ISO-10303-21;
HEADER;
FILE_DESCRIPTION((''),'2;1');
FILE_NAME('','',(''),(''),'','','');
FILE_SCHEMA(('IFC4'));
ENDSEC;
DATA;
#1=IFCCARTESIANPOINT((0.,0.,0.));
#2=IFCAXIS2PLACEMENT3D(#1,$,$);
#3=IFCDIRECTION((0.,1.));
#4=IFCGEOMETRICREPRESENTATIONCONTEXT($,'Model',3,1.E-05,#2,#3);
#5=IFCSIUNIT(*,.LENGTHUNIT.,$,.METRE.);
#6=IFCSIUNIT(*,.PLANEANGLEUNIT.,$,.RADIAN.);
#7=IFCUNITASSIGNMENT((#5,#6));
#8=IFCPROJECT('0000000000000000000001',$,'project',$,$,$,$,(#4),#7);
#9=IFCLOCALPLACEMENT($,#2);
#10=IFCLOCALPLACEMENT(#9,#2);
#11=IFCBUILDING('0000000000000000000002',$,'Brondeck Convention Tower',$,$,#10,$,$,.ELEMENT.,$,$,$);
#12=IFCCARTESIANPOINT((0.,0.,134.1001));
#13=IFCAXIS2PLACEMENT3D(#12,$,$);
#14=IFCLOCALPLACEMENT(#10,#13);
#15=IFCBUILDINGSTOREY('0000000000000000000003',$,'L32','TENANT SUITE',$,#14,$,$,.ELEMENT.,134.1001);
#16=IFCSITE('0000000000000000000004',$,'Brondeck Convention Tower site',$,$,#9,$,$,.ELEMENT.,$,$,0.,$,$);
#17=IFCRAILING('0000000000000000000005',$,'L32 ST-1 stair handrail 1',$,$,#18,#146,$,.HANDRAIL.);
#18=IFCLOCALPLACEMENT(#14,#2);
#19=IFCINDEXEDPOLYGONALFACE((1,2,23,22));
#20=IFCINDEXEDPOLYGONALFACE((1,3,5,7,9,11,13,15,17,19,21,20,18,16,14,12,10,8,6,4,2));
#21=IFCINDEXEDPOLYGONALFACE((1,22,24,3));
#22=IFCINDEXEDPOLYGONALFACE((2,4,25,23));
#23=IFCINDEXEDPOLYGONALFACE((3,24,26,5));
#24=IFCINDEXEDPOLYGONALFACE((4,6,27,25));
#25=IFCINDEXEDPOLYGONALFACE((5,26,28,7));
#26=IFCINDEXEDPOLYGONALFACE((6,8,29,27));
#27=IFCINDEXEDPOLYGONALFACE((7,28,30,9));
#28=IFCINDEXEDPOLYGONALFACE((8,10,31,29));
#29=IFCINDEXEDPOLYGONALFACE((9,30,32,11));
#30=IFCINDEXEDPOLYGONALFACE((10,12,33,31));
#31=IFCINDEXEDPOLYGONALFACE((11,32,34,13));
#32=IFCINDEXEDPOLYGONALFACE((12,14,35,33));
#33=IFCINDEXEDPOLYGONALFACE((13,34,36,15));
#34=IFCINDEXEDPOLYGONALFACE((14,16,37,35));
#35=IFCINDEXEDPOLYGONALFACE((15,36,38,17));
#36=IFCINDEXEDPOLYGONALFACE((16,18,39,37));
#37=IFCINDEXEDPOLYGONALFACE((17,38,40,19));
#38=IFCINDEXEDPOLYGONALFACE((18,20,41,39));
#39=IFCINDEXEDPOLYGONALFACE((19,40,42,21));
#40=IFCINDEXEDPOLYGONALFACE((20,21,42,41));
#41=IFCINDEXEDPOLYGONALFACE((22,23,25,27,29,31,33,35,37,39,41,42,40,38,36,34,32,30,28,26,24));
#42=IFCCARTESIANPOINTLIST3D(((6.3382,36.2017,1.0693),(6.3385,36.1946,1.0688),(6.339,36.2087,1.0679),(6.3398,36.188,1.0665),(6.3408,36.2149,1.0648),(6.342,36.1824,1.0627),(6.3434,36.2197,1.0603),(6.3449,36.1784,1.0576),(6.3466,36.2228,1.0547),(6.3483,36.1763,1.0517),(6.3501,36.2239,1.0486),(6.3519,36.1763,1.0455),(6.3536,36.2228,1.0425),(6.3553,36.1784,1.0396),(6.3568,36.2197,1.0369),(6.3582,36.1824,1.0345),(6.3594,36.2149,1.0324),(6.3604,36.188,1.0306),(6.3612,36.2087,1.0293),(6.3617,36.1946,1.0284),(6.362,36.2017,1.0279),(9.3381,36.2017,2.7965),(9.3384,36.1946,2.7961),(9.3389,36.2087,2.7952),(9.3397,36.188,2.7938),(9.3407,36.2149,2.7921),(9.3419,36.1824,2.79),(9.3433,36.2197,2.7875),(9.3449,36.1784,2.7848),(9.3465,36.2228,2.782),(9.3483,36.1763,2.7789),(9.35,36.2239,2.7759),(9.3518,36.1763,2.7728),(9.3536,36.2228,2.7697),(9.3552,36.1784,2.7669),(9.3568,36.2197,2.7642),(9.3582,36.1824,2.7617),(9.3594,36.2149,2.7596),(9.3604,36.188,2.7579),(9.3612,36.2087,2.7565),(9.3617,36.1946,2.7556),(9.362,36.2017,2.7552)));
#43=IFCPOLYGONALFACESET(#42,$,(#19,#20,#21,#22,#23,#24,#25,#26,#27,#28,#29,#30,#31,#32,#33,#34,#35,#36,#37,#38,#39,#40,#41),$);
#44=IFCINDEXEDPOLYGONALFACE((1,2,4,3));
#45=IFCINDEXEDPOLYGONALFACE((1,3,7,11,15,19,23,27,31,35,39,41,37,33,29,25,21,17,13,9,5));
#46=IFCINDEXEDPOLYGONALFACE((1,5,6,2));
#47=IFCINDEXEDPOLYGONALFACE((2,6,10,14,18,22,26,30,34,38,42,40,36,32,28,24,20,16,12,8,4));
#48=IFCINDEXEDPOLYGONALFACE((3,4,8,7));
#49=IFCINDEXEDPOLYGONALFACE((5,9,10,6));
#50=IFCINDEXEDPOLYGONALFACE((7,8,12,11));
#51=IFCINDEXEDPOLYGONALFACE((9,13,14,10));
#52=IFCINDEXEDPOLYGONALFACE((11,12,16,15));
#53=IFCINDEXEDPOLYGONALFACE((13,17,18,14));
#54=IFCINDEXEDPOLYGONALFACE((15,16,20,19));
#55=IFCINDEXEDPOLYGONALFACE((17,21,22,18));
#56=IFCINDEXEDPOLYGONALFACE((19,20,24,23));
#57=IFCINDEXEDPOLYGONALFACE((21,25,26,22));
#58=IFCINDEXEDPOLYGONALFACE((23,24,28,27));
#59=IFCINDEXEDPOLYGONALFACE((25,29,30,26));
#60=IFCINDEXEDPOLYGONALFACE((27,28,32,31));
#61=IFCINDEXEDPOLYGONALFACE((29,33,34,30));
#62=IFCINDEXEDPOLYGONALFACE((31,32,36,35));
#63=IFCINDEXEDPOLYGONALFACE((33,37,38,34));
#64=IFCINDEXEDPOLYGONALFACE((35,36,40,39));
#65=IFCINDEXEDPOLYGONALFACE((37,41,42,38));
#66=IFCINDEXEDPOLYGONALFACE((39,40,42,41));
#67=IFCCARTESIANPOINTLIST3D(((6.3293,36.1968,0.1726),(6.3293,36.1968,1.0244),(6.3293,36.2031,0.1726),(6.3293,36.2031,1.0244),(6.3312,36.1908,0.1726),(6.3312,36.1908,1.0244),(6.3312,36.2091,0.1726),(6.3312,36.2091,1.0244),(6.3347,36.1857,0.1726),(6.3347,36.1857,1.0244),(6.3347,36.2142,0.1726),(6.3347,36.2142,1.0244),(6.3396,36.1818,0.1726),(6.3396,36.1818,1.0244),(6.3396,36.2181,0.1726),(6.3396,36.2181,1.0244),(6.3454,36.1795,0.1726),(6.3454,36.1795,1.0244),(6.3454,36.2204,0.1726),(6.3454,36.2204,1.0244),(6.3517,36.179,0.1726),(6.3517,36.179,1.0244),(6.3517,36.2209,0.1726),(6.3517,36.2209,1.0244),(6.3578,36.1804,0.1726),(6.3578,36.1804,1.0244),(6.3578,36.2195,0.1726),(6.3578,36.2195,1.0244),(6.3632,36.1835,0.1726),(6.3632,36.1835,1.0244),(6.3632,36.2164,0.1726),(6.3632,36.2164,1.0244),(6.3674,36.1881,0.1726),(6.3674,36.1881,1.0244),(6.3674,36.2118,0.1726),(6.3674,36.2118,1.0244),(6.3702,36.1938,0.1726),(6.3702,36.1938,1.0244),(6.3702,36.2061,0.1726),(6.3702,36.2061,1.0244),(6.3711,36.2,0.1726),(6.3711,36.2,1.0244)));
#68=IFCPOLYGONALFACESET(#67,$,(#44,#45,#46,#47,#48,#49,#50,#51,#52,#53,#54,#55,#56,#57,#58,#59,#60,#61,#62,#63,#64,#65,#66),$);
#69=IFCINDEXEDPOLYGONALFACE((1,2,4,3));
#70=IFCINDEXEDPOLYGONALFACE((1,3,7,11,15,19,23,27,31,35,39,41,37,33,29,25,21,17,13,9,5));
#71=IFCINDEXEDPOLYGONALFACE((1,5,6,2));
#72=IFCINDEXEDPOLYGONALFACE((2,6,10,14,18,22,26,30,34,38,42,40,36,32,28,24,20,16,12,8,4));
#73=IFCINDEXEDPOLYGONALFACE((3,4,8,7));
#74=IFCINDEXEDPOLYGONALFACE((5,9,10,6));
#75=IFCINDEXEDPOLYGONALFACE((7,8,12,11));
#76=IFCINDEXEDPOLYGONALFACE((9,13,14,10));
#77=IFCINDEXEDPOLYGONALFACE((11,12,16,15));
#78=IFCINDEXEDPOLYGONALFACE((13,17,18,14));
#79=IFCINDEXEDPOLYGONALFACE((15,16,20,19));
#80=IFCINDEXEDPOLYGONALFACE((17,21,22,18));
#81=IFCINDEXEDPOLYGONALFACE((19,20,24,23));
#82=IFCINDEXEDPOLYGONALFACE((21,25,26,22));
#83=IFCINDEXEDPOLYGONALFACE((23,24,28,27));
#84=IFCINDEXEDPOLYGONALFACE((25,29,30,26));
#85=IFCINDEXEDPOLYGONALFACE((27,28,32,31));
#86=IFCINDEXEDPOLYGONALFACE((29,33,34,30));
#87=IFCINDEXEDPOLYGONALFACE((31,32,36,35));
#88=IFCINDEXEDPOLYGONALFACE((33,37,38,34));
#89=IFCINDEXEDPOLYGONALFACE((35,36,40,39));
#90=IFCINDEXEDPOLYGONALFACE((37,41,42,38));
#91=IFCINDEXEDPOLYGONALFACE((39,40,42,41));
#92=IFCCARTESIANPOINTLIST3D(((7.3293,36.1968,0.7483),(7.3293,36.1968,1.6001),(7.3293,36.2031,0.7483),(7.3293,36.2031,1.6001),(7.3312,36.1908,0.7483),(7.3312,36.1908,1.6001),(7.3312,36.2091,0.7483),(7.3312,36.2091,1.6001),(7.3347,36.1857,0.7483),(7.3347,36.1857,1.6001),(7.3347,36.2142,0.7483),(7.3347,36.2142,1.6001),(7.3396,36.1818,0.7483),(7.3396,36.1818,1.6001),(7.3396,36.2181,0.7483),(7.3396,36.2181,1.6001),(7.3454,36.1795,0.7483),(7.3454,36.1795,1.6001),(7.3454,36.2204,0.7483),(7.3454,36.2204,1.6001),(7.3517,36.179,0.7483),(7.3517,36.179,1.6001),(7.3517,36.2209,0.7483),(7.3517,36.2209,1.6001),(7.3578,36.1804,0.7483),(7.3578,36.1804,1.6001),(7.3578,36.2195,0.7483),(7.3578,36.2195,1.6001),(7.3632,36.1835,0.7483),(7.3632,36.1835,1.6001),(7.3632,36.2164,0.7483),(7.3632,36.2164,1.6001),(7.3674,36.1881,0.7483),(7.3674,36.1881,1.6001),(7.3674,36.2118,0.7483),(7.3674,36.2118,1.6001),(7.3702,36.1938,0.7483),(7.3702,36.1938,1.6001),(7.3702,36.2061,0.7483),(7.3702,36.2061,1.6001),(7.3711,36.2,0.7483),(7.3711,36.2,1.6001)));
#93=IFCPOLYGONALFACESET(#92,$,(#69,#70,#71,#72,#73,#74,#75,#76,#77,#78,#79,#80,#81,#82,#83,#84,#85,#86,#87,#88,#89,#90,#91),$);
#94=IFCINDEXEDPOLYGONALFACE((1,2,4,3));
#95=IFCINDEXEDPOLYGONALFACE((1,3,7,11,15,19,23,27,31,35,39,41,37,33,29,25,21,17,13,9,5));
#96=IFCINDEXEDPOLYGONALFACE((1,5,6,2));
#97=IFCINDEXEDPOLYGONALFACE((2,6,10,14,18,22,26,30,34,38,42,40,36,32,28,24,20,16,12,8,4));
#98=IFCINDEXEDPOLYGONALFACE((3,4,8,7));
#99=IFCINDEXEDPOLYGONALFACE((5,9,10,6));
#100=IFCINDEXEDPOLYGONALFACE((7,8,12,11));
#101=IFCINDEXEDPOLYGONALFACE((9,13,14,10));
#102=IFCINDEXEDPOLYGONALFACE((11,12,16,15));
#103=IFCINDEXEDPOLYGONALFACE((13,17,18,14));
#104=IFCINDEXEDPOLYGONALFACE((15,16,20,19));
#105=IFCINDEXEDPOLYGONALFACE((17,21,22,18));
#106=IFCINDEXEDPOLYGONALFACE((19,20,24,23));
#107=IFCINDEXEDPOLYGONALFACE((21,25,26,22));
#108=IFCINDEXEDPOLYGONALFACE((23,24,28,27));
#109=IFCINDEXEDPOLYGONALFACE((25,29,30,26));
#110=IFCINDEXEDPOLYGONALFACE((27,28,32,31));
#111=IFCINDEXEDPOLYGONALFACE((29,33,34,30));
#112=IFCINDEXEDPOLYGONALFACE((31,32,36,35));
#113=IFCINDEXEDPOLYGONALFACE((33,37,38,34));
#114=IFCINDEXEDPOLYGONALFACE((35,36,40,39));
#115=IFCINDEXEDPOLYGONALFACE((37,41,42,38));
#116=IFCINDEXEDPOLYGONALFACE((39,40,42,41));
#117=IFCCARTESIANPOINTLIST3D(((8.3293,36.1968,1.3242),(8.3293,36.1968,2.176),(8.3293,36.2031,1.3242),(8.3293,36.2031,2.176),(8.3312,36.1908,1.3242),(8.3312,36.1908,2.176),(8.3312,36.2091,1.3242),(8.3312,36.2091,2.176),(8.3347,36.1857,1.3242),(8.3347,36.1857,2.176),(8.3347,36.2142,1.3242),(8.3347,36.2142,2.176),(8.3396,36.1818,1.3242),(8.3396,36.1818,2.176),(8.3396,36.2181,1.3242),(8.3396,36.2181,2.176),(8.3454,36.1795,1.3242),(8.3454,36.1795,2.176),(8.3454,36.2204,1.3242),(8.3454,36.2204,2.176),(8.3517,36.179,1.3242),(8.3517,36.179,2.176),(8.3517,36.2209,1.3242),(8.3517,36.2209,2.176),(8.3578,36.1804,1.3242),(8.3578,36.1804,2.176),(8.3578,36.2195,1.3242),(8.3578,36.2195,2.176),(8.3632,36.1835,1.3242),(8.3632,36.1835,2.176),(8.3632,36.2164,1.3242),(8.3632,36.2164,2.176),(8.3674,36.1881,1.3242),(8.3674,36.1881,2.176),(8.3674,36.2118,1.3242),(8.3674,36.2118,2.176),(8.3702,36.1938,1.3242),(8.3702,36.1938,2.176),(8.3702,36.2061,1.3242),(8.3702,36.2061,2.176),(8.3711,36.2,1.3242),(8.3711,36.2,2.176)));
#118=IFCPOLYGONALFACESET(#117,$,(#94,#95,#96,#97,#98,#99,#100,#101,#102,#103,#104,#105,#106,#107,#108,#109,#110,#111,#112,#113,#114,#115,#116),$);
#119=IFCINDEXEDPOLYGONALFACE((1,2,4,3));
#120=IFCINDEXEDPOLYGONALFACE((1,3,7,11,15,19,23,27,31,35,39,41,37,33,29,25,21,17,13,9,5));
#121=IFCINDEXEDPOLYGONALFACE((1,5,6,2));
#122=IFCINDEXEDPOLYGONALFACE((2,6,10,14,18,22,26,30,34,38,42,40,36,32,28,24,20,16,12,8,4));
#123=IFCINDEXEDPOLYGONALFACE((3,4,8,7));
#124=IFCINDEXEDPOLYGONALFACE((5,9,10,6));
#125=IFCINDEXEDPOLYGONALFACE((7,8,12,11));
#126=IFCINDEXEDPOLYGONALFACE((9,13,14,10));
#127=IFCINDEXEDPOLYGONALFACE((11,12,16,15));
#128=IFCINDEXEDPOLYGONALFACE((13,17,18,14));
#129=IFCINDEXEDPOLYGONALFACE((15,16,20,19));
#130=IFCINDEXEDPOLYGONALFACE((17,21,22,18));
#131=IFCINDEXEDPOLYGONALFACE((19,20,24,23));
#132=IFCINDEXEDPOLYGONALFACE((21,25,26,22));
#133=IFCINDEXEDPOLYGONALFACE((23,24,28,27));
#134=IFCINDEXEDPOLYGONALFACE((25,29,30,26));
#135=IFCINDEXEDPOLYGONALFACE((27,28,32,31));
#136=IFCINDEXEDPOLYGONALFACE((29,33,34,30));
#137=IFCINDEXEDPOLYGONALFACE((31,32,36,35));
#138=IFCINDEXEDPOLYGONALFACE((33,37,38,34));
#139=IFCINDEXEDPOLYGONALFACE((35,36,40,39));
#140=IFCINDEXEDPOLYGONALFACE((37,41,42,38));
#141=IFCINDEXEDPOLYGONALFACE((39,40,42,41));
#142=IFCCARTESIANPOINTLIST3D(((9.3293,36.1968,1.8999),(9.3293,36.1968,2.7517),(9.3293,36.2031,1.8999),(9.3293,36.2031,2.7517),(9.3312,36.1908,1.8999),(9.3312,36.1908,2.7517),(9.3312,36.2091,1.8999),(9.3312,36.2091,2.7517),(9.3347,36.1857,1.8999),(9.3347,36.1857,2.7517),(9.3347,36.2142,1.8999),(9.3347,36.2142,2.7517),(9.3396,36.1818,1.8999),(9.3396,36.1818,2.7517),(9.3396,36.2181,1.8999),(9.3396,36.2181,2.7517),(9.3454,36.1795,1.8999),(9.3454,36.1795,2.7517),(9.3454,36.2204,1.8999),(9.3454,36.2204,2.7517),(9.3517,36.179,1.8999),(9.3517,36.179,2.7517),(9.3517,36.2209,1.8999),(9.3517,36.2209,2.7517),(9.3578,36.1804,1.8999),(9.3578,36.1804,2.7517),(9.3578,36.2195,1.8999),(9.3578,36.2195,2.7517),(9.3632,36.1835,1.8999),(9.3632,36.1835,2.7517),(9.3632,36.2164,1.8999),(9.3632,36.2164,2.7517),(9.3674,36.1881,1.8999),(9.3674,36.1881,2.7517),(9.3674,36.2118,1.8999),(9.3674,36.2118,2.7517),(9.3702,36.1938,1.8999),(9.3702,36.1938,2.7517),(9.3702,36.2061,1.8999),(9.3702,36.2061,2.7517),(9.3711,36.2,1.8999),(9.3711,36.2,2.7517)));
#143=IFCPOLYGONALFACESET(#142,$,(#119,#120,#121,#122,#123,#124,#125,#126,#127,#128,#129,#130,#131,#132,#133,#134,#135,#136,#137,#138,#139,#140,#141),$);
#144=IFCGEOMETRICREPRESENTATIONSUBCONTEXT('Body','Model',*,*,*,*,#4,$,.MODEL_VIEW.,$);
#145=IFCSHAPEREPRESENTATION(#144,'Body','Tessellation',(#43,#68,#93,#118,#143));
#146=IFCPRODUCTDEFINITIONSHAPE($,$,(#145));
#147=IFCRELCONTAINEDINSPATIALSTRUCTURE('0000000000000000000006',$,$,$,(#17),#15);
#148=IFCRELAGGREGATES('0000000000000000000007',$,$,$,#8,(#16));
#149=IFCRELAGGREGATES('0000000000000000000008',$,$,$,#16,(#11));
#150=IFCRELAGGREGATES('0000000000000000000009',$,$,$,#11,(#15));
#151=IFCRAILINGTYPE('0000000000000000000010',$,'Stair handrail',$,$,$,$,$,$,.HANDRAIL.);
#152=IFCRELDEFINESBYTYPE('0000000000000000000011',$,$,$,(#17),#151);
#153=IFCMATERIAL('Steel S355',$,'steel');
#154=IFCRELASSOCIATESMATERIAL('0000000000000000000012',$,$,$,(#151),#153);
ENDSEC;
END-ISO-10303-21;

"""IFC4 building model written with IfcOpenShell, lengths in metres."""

from ifc_helpers import new_model, si_unit, direction, frame, origin, origin_2d, place, context, subcontext, project, spatial, circle, extrude, material, type_object, element, save


model = new_model("IFC4")

# Units and contexts
model_context = context("Model", 3, precision=1e-05, world=origin(), true_north=direction((0.0, 1.0)))
body_context = subcontext(model_context, "Body", "Model", "MODEL_VIEW")
ifc_project = project(units=[si_unit("LENGTHUNIT", "METRE"), si_unit("PLANEANGLEUNIT", "RADIAN")], contexts=[model_context])

# Site, building, storey
site_placement = place(None, origin())
site = spatial("IfcSite", under=ifc_project, at=site_placement, Name="Brondeck Convention Tower site", CompositionType="ELEMENT", RefElevation=0.0)
building_placement = place(site_placement, origin())
building = spatial("IfcBuilding", under=site, at=building_placement, Name="Brondeck Convention Tower", CompositionType="ELEMENT")
storey_placement = place(building_placement, frame((0.0, 0.0, 134.1001)))
storey = spatial("IfcBuildingStorey", under=building, at=storey_placement, Name="L32", Description="TENANT SUITE", CompositionType="ELEMENT", Elevation=134.1001)

# Railing
ifc_material_1 = material(Name="Steel S355", Category="steel")
railing_type_1 = type_object("IfcRailingType", Name="Stair handrail", PredefinedType="HANDRAIL", material=ifc_material_1)
railing_1_placement = place(storey_placement, frame((6.3501, 36.2, 0.1726)))
element("IfcRailing", 1, at=railing_1_placement, inside=storey, type_object=railing_type_1, Name="L32 ST-1 stair handrail 1", PredefinedType="HANDRAIL", context=body_context, shape_type="SweptSolid", body=[
    extrude(circle(Radius=0.0239, at=origin_2d()), frame((0.0, 0.0, 0.876), z_axis=(0.86662, 0.0, 0.498969), x_axis=(0.0, 1.0, 0.0)), (0.0, 0.0, 1.0), 3.4617),
    extrude(circle(Radius=0.021, at=origin_2d()), origin(), (0.0, 0.0, 1.0), 0.8518),
    extrude(circle(Radius=0.021, at=origin_2d()), frame((1.0, 0.0, 0.5757)), (0.0, 0.0, 1.0), 0.8518),
    extrude(circle(Radius=0.021, at=origin_2d()), frame((2.0, 0.0, 1.1516)), (0.0, 0.0, 1.0), 0.8518),
    extrude(circle(Radius=0.021, at=origin_2d()), frame((3.0, 0.0, 1.7273)), (0.0, 0.0, 1.0), 0.8518),
])

save(model, "model.ifc")
